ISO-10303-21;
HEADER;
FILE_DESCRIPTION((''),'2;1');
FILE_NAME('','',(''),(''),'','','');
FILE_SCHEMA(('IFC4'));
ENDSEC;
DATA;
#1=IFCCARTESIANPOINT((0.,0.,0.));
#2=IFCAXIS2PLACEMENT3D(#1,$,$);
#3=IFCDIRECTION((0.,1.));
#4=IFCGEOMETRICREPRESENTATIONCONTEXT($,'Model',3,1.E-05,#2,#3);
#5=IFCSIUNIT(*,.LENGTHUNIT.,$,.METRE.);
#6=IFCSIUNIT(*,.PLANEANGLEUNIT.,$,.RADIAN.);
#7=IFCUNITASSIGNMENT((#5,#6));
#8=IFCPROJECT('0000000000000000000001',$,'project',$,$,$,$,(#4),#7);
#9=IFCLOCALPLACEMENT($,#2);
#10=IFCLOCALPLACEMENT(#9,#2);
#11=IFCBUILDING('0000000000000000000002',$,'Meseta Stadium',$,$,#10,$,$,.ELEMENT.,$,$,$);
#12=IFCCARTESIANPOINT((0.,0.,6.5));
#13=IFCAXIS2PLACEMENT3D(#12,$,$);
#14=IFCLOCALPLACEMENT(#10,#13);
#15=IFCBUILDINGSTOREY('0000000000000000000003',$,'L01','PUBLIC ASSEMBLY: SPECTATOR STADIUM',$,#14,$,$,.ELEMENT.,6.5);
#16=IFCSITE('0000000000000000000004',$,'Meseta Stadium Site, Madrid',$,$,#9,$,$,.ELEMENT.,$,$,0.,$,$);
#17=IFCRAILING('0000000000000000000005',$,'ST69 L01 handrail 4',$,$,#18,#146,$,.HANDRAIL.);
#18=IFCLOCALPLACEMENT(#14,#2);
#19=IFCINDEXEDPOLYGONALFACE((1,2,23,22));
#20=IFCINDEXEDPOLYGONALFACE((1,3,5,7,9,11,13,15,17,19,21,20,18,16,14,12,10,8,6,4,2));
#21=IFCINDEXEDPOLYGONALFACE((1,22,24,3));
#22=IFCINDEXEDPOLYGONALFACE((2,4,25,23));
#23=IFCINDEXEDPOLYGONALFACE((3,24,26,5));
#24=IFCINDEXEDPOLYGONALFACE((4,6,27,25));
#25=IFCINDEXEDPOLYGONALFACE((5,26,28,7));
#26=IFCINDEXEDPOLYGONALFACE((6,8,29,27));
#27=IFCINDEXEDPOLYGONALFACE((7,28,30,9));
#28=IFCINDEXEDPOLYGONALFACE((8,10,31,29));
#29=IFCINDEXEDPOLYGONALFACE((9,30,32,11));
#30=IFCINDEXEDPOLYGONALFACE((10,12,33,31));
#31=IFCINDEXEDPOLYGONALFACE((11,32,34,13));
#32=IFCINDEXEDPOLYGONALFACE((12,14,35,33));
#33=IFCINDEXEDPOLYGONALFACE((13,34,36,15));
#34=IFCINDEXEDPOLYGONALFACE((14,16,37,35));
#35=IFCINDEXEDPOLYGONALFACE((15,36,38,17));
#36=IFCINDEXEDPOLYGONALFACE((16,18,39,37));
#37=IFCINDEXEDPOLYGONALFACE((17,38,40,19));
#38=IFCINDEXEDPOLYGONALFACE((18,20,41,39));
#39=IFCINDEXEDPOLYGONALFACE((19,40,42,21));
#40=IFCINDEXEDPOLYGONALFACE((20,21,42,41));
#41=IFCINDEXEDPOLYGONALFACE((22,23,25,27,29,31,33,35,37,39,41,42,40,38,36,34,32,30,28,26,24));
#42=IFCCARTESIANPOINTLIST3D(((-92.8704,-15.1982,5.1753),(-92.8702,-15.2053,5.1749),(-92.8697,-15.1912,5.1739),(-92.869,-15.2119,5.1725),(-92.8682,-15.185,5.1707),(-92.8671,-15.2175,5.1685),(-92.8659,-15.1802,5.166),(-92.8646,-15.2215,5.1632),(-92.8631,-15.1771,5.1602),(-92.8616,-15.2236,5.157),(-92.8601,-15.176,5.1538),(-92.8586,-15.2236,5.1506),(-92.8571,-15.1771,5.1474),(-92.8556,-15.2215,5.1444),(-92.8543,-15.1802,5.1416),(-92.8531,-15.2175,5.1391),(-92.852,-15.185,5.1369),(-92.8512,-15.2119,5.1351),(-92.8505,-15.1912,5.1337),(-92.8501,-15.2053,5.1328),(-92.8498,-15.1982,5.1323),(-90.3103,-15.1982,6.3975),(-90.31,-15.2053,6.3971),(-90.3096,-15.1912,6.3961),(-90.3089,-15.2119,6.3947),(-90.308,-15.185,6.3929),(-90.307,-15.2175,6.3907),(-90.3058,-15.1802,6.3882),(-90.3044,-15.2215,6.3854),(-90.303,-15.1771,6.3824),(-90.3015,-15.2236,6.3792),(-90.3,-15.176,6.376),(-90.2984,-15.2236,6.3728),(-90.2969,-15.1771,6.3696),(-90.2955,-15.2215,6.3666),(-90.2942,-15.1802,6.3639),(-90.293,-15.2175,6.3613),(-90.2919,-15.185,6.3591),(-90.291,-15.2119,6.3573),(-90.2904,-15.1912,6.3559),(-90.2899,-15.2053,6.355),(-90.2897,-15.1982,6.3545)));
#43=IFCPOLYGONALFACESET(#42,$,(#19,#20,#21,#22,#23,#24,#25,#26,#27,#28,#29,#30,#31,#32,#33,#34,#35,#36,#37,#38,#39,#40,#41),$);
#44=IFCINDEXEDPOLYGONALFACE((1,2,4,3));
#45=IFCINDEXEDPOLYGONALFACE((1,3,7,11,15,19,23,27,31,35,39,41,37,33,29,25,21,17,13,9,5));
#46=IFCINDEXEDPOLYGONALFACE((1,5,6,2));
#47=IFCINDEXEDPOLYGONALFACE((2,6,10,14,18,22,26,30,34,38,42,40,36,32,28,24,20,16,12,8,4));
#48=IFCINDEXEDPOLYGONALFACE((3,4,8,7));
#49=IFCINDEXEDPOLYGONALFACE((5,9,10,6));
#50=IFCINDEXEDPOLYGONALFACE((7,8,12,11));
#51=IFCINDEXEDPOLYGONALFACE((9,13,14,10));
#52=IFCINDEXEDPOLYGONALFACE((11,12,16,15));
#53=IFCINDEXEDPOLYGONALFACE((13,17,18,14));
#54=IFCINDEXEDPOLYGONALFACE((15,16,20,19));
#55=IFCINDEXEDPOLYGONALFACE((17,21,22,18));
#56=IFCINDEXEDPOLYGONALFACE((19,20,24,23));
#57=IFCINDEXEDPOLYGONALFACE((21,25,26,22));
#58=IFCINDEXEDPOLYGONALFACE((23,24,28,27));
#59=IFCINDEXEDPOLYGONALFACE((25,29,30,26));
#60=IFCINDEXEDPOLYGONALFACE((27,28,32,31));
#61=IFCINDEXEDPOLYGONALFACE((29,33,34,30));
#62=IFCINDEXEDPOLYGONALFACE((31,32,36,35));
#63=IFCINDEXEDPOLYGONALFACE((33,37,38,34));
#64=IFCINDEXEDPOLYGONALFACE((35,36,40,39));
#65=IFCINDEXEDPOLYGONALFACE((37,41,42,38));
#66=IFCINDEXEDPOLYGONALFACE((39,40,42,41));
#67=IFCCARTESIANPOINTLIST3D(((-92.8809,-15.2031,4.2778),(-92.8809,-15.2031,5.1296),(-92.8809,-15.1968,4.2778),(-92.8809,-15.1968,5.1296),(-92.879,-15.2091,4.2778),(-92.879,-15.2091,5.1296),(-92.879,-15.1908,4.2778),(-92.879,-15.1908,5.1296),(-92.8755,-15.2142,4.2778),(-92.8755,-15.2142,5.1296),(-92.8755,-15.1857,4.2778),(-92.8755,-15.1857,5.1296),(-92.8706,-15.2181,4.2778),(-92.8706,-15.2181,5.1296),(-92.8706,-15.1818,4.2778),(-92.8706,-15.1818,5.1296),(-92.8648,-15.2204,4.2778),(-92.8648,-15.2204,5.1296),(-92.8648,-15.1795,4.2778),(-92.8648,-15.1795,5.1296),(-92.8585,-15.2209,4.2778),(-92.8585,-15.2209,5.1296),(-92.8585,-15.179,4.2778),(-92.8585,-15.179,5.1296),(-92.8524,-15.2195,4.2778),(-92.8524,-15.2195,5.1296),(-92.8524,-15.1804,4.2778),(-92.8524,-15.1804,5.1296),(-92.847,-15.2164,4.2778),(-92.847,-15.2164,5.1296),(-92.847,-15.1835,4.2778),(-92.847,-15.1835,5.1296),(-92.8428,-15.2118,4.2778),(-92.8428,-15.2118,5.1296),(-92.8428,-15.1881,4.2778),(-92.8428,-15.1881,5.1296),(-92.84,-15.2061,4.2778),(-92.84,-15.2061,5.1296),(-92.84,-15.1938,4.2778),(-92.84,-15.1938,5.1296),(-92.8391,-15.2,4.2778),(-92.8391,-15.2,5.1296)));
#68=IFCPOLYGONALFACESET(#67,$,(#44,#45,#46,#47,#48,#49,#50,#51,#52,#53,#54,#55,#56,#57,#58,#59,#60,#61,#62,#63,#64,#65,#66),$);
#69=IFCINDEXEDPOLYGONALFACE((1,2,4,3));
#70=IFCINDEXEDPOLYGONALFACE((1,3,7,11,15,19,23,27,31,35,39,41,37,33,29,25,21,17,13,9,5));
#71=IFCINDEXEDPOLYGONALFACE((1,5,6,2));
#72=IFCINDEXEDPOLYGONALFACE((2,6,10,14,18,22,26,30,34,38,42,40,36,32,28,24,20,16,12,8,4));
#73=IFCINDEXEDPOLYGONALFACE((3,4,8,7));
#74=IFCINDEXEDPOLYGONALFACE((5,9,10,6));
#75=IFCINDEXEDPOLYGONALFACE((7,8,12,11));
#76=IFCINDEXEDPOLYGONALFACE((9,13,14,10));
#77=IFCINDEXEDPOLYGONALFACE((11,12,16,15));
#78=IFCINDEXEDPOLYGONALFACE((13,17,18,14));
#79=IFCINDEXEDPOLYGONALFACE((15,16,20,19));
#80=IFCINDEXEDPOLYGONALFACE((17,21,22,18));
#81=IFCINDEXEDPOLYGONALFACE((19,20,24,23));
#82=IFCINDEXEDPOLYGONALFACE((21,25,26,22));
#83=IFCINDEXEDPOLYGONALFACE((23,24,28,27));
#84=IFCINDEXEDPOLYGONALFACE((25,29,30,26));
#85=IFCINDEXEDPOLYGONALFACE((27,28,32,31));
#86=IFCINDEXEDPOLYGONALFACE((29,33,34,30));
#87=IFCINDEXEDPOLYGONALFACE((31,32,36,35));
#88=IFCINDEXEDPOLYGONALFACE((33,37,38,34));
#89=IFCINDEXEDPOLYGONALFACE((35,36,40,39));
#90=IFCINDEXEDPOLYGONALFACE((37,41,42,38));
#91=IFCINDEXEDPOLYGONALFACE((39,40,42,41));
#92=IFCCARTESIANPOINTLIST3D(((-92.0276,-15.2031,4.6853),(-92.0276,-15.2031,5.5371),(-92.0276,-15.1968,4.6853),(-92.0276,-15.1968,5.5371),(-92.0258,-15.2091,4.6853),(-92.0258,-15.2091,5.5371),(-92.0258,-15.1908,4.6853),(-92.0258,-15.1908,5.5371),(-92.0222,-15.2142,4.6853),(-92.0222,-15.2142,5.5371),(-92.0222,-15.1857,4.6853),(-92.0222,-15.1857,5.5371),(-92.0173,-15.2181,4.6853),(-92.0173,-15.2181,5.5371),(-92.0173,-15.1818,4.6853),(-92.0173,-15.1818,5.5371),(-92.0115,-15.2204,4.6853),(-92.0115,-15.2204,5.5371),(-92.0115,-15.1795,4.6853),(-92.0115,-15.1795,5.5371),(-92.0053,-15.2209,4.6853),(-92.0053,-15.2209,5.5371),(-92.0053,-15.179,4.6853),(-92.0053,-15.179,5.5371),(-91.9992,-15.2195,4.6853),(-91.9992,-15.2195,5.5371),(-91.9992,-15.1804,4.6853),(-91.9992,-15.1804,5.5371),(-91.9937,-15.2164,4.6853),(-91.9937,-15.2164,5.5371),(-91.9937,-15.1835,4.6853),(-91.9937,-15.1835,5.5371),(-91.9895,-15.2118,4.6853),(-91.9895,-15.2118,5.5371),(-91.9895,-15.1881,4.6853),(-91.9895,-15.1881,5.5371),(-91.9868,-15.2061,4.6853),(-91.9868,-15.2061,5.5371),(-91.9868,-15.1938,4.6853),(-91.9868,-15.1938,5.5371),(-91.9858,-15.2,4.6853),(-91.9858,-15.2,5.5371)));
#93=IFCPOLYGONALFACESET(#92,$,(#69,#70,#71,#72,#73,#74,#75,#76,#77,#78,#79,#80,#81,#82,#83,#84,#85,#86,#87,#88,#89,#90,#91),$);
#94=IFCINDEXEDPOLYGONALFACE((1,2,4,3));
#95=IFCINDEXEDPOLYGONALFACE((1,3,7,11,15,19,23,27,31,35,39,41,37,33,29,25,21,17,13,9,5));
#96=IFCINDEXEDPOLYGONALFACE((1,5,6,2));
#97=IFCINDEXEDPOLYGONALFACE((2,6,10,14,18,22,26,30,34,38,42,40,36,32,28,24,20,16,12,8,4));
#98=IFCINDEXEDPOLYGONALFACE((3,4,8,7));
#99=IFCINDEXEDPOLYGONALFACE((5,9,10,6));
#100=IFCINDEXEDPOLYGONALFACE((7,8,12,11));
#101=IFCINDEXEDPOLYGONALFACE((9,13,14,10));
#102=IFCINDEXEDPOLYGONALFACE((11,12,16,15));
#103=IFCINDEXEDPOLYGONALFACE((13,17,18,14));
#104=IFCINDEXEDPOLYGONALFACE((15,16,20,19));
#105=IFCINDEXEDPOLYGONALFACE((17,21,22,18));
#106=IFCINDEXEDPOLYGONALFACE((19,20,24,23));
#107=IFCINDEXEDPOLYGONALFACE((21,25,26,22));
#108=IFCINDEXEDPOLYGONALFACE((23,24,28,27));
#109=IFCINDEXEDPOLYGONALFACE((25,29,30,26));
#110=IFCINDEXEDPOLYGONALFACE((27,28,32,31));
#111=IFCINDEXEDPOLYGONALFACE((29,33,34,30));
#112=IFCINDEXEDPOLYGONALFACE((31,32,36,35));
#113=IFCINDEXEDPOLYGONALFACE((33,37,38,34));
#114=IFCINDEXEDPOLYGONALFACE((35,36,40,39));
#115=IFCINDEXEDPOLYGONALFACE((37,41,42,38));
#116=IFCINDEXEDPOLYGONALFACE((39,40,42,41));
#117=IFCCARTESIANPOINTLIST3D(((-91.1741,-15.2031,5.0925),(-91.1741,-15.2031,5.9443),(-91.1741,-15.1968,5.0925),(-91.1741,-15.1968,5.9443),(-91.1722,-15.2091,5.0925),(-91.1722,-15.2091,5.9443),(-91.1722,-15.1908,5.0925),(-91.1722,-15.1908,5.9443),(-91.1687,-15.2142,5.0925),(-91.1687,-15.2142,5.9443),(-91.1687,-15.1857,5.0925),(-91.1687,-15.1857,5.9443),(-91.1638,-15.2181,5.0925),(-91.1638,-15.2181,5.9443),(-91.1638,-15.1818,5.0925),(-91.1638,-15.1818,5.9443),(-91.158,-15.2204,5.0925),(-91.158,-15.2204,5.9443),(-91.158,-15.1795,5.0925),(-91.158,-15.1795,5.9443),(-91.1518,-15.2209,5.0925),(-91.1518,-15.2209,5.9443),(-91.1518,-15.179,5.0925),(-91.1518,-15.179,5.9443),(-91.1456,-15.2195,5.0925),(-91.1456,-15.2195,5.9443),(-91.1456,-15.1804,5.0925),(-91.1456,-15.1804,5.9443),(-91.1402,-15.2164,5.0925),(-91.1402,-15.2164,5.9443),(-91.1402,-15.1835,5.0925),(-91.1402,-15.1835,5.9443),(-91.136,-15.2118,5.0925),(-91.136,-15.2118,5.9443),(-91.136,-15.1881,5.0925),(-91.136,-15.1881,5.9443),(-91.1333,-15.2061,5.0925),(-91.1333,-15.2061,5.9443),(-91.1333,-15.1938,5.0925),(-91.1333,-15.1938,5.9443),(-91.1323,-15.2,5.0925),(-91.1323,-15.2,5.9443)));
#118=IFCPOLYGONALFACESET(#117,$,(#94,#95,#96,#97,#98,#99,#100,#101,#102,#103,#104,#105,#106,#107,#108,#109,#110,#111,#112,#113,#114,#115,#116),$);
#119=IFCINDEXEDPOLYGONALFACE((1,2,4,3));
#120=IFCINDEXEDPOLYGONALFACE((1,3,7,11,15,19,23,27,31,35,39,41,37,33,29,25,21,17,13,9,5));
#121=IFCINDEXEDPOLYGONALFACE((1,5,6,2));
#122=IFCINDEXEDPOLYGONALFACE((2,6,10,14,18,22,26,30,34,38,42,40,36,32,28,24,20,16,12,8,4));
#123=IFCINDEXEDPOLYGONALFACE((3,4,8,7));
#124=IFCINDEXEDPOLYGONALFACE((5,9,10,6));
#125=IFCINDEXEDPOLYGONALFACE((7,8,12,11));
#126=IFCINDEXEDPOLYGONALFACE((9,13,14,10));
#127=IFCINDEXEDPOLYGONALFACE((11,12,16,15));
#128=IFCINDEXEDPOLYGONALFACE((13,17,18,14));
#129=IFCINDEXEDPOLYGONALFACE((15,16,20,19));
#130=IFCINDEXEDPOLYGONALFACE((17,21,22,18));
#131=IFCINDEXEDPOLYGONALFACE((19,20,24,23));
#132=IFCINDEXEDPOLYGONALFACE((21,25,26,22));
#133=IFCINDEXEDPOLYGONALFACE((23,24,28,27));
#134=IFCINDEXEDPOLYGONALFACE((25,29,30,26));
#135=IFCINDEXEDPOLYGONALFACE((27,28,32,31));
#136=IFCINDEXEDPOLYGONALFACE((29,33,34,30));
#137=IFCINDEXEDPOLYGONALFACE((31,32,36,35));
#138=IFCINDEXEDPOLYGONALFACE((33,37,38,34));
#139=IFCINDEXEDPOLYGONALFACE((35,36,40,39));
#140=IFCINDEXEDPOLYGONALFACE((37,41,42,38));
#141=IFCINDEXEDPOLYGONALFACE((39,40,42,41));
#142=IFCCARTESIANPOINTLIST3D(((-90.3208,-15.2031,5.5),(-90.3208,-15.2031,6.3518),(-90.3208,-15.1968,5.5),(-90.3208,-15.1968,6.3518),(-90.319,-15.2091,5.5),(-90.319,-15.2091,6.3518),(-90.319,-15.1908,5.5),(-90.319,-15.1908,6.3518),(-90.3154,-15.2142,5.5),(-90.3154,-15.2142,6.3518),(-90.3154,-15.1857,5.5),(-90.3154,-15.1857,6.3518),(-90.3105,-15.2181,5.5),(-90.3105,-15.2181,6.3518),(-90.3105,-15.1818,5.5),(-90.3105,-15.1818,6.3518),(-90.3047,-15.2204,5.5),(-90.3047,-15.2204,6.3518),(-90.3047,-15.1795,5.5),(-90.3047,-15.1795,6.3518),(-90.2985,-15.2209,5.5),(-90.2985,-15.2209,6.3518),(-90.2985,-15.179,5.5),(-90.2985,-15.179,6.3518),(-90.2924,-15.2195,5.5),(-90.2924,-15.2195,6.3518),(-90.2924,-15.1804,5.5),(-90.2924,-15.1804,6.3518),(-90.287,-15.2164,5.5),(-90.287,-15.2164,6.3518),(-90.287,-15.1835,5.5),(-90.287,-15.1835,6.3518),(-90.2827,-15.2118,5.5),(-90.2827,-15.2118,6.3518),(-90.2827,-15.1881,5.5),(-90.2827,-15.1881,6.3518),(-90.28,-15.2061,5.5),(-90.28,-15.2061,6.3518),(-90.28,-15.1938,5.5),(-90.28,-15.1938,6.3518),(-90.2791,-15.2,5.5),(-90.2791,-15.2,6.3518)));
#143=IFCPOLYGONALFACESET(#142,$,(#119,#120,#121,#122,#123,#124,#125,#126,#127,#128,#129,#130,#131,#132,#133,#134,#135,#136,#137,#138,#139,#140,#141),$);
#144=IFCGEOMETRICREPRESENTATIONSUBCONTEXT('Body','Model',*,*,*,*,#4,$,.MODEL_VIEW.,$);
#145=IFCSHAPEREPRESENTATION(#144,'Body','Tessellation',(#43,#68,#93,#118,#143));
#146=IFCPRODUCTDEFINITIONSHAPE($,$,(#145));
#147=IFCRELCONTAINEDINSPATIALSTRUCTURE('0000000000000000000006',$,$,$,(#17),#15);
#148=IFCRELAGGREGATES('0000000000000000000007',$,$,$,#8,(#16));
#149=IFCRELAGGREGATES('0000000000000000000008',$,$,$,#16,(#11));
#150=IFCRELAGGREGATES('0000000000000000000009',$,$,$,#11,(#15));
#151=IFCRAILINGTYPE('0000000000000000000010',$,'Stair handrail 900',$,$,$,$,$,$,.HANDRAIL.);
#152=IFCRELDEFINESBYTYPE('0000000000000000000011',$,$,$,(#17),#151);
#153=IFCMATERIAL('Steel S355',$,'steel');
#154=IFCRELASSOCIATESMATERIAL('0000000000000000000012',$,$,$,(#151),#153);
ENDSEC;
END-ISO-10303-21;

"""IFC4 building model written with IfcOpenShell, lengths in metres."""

from ifc_helpers import new_model, si_unit, direction, frame, origin, origin_2d, place, context, subcontext, project, spatial, circle, extrude, material, type_object, element, save


model = new_model("IFC4")

# Units and contexts
model_context = context("Model", 3, precision=1e-05, world=origin(), true_north=direction((0.0, 1.0)))
body_context = subcontext(model_context, "Body", "Model", "MODEL_VIEW")
ifc_project = project(units=[si_unit("LENGTHUNIT", "METRE"), si_unit("PLANEANGLEUNIT", "RADIAN")], contexts=[model_context])

# Site, building, storey
site_placement = place(None, origin())
site = spatial("IfcSite", under=ifc_project, at=site_placement, Name="Meseta Stadium Site, Madrid", CompositionType="ELEMENT", RefElevation=0.0)
building_placement = place(site_placement, origin())
building = spatial("IfcBuilding", under=site, at=building_placement, Name="Meseta Stadium", CompositionType="ELEMENT")
storey_placement = place(building_placement, frame((0.0, 0.0, 6.5)))
storey = spatial("IfcBuildingStorey", under=building, at=storey_placement, Name="L01", Description="PUBLIC ASSEMBLY: SPECTATOR STADIUM", CompositionType="ELEMENT", Elevation=6.5)

# Railing
ifc_material_1 = material(Name="Steel S355", Category="steel")
railing_type_1 = type_object("IfcRailingType", Name="Stair handrail 900", PredefinedType="HANDRAIL", material=ifc_material_1)
for number, where, name in (
    (1, (-92.8601, -15.2, 4.2778), "ST69 L01 handrail 4"),
):
    element("IfcRailing", number, at=place(storey_placement, frame(where)), inside=storey, type_object=railing_type_1, Name=name, PredefinedType="HANDRAIL", context=body_context, shape_type="SweptSolid", body=[
        extrude(circle(Radius=0.0239, at=origin_2d()), frame((0.0, 0.0, 0.876), z_axis=(0.902437, 0.0, 0.430822), x_axis=(0.0, 1.0, 0.0)), (0.0, 0.0, 1.0), 2.8369),
        extrude(circle(Radius=0.021, at=origin_2d()), origin(), (0.0, 0.0, 1.0), 0.8518),
        extrude(circle(Radius=0.021, at=origin_2d()), frame((0.8533, 0.0, 0.4075)), (0.0, 0.0, 1.0), 0.8518),
        extrude(circle(Radius=0.021, at=origin_2d()), frame((1.7068, 0.0, 0.8147)), (0.0, 0.0, 1.0), 0.8518),
        extrude(circle(Radius=0.021, at=origin_2d()), frame((2.5601, 0.0, 1.2222)), (0.0, 0.0, 1.0), 0.8518),
    ])

save(model, "model.ifc")
